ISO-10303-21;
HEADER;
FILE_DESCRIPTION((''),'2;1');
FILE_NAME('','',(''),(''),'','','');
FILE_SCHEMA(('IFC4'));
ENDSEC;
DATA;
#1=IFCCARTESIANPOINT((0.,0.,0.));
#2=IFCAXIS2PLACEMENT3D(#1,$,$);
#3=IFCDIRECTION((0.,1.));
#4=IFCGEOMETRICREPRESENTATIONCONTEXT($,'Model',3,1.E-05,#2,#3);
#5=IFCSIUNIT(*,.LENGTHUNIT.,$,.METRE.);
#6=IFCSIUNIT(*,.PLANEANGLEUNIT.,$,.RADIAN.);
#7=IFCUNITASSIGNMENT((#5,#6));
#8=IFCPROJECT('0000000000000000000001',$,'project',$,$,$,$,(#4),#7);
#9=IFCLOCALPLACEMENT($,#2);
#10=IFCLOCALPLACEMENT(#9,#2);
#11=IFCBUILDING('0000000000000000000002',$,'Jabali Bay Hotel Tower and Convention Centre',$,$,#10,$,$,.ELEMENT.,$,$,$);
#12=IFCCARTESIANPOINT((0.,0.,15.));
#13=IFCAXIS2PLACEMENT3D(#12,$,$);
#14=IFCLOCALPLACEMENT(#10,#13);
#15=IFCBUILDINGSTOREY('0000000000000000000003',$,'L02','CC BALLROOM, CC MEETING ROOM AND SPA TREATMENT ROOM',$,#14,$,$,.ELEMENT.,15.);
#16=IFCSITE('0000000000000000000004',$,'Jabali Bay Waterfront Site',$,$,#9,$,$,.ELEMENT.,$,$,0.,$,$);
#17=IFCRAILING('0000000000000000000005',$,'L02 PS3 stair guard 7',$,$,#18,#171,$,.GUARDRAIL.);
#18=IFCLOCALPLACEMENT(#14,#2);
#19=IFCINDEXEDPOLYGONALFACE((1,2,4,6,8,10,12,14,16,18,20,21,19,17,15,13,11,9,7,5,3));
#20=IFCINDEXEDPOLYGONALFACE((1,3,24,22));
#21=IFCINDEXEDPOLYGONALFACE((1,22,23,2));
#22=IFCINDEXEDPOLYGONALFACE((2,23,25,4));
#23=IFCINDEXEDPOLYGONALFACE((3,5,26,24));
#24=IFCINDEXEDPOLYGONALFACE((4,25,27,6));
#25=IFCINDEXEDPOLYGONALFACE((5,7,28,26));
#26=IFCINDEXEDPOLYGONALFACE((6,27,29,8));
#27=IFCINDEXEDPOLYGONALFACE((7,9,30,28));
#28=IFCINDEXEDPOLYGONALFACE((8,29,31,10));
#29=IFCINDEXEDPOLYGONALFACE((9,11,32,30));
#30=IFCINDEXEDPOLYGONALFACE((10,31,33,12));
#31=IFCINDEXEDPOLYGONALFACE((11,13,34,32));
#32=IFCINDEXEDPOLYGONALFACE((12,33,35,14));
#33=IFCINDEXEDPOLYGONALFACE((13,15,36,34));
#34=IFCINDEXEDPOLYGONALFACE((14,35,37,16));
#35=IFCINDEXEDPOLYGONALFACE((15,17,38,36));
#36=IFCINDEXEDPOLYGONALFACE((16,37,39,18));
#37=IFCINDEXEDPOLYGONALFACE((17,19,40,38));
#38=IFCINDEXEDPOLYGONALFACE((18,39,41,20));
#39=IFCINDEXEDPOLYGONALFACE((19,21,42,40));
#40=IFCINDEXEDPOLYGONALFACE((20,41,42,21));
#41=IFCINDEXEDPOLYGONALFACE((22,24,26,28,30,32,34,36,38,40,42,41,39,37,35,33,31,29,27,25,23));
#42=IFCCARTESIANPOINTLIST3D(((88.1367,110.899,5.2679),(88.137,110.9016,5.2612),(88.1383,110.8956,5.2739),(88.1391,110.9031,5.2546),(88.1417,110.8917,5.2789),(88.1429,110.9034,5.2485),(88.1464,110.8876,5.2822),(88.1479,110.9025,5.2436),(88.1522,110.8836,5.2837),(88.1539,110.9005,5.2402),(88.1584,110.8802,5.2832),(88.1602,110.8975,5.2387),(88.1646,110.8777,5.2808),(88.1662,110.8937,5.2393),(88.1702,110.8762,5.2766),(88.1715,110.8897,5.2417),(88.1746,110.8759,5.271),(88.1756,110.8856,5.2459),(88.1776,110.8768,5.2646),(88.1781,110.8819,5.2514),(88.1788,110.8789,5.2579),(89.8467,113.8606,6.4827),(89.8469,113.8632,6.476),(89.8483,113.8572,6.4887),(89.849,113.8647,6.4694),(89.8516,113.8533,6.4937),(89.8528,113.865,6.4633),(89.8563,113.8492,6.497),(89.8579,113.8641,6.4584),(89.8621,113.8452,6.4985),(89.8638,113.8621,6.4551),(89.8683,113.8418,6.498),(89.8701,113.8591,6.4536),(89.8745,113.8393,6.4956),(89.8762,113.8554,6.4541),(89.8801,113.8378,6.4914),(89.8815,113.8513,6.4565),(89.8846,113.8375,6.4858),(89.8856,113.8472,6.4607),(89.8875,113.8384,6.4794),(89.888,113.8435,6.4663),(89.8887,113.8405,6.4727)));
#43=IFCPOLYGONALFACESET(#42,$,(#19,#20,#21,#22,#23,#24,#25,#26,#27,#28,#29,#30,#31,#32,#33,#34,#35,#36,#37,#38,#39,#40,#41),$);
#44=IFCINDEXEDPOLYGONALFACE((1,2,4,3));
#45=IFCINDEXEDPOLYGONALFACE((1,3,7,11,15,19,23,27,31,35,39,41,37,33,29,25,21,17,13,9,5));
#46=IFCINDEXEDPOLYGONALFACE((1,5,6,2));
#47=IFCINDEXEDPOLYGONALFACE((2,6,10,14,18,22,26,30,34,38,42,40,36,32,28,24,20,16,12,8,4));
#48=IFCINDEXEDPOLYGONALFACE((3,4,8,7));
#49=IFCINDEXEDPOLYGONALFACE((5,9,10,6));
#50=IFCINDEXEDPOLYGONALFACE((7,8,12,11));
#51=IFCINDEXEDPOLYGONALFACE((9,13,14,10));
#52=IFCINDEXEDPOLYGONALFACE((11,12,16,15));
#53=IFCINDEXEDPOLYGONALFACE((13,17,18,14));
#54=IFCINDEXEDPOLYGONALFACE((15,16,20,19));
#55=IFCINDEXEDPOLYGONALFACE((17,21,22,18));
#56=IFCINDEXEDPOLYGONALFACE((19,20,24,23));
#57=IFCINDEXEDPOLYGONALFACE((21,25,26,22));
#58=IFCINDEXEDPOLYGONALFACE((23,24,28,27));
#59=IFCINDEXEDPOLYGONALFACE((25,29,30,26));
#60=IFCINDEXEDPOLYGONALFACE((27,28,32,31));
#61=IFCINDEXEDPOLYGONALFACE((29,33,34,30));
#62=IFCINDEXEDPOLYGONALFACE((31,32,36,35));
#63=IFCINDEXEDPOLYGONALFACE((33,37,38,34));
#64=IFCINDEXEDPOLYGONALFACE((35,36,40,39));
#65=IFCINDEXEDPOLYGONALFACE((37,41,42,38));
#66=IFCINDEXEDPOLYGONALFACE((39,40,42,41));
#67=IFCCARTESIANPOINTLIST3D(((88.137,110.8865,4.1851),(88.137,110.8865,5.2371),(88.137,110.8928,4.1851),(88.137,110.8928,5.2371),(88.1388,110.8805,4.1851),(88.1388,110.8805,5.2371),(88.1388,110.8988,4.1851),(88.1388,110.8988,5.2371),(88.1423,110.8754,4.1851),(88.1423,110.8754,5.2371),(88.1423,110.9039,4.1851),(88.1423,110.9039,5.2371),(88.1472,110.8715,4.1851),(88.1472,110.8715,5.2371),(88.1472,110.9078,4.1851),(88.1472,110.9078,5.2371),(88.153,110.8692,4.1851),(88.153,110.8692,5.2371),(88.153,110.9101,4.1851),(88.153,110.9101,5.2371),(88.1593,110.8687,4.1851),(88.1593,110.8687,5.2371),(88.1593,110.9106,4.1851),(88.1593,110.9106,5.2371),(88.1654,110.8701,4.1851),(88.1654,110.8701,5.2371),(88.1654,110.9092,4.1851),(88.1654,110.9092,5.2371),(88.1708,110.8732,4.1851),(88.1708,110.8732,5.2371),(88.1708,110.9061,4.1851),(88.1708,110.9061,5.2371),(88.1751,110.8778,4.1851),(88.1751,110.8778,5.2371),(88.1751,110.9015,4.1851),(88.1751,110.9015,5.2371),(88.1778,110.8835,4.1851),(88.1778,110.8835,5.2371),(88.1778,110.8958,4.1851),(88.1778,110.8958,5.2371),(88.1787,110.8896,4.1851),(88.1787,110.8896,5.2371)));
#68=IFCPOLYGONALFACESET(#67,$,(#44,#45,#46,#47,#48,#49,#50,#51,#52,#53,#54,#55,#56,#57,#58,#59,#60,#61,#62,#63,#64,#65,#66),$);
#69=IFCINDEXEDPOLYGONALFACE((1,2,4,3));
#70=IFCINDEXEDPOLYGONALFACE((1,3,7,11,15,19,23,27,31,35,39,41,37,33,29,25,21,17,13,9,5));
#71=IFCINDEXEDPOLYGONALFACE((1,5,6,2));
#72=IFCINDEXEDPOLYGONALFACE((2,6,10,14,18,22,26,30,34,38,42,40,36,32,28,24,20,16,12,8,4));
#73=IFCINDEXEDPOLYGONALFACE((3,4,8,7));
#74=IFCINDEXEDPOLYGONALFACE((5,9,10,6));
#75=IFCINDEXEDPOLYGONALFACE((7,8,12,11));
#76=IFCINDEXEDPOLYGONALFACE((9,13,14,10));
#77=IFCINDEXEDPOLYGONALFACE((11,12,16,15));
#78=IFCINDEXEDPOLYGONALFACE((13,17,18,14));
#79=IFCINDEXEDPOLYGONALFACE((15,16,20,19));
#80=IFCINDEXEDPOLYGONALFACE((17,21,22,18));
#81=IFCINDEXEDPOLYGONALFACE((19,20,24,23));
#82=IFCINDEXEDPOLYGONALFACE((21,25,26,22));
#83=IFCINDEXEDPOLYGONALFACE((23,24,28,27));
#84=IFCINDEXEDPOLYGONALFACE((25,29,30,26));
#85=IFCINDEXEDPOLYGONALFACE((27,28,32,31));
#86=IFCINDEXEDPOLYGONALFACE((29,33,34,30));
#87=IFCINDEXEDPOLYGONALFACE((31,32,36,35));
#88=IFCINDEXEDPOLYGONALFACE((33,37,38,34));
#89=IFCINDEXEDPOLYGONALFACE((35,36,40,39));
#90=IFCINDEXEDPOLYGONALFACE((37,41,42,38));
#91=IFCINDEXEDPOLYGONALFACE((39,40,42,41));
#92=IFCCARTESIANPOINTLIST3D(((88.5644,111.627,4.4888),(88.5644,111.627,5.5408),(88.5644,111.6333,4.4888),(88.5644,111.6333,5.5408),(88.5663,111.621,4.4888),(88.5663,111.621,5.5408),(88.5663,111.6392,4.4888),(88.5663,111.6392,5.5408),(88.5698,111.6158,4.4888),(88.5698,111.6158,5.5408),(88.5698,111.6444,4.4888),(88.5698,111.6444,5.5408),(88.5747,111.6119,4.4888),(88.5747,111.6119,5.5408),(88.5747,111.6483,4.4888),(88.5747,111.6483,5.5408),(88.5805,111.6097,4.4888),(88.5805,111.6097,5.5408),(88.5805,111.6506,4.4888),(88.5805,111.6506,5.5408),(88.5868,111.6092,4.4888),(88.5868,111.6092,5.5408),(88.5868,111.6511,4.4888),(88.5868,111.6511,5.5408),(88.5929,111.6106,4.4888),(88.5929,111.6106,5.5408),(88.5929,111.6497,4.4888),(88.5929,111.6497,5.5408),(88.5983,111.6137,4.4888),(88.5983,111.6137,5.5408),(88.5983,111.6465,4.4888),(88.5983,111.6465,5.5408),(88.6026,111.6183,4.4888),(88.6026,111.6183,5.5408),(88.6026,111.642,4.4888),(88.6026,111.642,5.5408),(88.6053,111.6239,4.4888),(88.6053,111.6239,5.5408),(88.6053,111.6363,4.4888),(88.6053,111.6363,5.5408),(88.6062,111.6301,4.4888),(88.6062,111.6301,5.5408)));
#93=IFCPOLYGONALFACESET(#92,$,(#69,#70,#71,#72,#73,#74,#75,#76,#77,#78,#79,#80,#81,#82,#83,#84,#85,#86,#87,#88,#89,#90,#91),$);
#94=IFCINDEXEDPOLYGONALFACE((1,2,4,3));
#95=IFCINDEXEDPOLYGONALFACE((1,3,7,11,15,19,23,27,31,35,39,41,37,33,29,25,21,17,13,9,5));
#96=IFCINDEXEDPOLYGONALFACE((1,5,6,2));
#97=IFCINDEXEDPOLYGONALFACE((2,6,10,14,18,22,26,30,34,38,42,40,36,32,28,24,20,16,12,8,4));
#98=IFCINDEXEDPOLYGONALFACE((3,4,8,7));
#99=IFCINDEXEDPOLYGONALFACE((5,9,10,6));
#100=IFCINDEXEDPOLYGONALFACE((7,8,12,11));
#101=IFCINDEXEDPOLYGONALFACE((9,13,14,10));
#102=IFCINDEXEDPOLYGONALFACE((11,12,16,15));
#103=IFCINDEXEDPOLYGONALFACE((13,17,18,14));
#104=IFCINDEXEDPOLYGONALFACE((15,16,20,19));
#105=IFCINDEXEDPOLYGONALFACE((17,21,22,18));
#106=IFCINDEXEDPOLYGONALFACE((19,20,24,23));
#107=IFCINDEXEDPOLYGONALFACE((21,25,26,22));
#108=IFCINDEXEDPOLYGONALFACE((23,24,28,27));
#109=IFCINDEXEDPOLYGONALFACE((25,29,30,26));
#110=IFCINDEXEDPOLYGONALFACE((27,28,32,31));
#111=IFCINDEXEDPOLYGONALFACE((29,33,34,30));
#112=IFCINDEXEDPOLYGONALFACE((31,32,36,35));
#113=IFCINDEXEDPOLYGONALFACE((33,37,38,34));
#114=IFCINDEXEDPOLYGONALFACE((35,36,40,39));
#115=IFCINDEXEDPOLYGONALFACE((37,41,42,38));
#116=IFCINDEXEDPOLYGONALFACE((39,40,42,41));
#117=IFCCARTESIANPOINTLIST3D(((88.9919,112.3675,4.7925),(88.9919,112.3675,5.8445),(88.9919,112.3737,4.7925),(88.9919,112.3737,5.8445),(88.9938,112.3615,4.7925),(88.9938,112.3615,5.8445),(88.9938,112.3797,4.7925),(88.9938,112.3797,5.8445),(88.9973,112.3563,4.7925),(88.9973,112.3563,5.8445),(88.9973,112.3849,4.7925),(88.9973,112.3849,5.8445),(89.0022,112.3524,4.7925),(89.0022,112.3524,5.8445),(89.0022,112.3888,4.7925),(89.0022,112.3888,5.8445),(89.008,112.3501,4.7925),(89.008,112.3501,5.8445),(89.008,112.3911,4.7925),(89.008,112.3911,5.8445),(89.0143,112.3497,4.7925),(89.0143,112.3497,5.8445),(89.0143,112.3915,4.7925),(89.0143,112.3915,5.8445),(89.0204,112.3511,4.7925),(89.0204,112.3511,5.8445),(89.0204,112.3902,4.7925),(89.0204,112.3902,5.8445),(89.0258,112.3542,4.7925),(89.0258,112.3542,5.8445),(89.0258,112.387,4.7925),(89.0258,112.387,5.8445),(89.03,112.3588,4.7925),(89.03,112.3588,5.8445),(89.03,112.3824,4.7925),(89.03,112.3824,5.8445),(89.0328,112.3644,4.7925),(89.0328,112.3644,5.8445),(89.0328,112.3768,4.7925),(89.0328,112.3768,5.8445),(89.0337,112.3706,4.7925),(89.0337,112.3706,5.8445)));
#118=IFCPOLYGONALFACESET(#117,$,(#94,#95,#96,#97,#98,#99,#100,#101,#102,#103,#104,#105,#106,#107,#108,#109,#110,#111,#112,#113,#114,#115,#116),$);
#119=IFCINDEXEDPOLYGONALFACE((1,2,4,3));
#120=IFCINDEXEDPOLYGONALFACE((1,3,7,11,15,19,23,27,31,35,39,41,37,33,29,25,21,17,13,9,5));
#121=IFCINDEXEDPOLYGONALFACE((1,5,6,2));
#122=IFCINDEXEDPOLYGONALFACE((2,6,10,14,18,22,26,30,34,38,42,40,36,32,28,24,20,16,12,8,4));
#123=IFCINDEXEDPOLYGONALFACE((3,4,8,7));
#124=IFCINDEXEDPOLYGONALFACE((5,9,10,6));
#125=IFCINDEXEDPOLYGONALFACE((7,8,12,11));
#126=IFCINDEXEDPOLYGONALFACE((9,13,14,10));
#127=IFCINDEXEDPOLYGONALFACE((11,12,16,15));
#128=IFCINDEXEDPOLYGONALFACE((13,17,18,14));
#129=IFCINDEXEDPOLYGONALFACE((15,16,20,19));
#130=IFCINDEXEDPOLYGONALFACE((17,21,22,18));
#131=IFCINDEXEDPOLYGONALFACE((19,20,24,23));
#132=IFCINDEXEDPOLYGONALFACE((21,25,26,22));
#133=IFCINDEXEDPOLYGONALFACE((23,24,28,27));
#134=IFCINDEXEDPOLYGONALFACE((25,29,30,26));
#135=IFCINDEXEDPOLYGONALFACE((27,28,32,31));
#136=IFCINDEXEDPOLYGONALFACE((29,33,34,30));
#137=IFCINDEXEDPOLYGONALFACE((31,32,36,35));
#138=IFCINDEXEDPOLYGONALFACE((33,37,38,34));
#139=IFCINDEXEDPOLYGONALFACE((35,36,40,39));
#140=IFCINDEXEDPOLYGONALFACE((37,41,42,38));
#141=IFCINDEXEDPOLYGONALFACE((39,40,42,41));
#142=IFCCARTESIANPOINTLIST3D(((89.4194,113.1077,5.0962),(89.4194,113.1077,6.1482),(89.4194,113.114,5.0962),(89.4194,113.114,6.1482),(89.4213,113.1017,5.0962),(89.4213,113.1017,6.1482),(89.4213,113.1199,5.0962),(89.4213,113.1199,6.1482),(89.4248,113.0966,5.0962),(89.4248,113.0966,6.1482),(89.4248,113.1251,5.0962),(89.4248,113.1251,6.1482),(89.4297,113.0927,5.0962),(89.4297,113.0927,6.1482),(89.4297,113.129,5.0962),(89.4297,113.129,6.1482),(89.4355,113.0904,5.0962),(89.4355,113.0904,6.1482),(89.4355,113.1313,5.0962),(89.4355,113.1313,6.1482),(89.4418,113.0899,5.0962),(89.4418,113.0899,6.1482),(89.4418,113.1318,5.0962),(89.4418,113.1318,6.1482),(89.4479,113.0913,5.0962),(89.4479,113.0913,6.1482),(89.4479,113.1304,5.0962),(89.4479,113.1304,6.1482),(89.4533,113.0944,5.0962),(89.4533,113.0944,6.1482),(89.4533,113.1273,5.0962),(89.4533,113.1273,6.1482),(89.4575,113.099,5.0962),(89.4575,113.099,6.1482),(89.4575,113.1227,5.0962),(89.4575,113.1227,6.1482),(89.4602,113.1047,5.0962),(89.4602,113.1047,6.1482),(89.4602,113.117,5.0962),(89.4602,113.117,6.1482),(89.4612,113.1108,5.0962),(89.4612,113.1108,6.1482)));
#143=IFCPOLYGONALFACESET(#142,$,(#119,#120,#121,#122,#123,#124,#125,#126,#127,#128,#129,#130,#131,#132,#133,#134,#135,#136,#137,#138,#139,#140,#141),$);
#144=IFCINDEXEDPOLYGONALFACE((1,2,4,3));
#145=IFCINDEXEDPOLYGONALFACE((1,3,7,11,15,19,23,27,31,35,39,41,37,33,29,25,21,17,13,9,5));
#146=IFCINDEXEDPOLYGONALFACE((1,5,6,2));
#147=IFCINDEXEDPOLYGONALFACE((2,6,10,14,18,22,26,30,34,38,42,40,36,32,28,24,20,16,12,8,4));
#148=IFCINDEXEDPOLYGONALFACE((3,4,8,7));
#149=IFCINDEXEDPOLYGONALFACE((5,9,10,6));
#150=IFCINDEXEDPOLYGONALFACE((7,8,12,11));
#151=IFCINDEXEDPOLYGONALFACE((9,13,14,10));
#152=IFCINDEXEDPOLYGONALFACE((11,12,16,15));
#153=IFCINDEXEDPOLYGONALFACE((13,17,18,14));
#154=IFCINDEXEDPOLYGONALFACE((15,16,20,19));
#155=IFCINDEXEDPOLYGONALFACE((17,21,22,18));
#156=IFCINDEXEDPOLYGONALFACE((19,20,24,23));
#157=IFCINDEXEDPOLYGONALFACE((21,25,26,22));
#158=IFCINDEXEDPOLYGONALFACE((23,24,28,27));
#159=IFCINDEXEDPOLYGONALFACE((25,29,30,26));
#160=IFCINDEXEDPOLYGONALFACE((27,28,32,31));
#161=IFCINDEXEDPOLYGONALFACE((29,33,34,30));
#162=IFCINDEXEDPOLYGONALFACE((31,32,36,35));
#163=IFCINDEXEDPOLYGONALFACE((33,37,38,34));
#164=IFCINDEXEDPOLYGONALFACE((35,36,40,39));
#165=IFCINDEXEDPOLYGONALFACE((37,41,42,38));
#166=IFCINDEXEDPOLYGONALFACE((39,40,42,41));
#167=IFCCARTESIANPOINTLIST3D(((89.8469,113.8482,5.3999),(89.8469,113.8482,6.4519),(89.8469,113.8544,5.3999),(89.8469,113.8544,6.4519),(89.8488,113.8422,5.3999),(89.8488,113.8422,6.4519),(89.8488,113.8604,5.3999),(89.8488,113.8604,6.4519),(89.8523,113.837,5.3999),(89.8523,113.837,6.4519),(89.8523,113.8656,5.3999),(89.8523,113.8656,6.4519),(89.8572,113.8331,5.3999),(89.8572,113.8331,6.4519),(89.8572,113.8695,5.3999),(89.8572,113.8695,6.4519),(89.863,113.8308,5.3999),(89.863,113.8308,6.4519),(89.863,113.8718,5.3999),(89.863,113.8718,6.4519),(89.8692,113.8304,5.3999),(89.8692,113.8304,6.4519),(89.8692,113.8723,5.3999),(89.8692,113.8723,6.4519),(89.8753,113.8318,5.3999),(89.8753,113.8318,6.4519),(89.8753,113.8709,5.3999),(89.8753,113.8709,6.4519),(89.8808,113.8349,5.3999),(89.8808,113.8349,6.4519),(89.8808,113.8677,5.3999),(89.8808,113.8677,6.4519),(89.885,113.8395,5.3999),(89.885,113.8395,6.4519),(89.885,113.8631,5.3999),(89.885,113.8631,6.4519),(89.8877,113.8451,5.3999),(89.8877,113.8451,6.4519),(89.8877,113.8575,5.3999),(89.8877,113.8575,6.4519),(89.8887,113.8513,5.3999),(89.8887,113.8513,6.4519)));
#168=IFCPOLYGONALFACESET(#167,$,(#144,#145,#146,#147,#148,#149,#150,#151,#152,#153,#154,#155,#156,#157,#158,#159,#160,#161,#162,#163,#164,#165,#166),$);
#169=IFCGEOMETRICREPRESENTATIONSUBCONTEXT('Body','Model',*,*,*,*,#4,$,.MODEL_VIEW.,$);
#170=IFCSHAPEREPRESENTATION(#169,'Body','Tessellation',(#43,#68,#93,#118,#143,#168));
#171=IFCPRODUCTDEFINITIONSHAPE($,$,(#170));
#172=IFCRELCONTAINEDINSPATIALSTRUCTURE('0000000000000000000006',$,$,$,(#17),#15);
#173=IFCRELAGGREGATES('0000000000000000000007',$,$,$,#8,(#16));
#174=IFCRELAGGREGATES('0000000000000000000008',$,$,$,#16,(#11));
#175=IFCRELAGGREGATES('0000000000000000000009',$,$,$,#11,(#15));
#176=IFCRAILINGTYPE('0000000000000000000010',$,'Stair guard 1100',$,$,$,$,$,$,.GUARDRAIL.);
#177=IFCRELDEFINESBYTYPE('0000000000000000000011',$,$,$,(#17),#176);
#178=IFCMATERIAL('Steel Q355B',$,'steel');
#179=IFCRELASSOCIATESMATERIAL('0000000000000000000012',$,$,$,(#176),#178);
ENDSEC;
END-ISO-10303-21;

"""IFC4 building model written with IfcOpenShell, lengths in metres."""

from ifc_helpers import new_model, si_unit, direction, frame, origin, origin_2d, place, context, subcontext, project, spatial, circle, extrude, material, type_object, element, save


model = new_model("IFC4")

# Units and contexts
model_context = context("Model", 3, precision=1e-05, world=origin(), true_north=direction((0.0, 1.0)))
body_context = subcontext(model_context, "Body", "Model", "MODEL_VIEW")
ifc_project = project(units=[si_unit("LENGTHUNIT", "METRE"), si_unit("PLANEANGLEUNIT", "RADIAN")], contexts=[model_context])

# Site, building, storey
site_placement = place(None, origin())
site = spatial("IfcSite", under=ifc_project, at=site_placement, Name="Jabali Bay Waterfront Site", CompositionType="ELEMENT", RefElevation=0.0)
building_placement = place(site_placement, origin())
building = spatial("IfcBuilding", under=site, at=building_placement, Name="Jabali Bay Hotel Tower and Convention Centre", CompositionType="ELEMENT")
storey_placement = place(building_placement, frame((0.0, 0.0, 15.0)))
storey = spatial("IfcBuildingStorey", under=building, at=storey_placement, Name="L02", Description="CC BALLROOM, CC MEETING ROOM AND SPA TREATMENT ROOM", CompositionType="ELEMENT", Elevation=15.0)

# Railing
ifc_material_1 = material(Name="Steel Q355B", Category="steel")
railing_type_1 = type_object("IfcRailingType", Name="Stair guard 1100", PredefinedType="GUARDRAIL", material=ifc_material_1)
railing_1_placement = place(storey_placement, frame((88.1577, 110.8896, 4.1851)))
element("IfcRailing", 1, at=railing_1_placement, inside=storey, type_object=railing_type_1, Name="L02 PS3 stair guard 7", PredefinedType="GUARDRAIL", context=body_context, shape_type="SweptSolid", body=[
    extrude(circle(Radius=0.0239, at=origin_2d()), frame((0.0, 0.0, 1.0762), z_axis=(0.471164, 0.81606, 0.334739), x_axis=(-0.86602, 0.500009, 0.0)), (0.0, 0.0, 1.0), 3.6292),
    extrude(circle(Radius=0.021, at=origin_2d()), origin(), (0.0, 0.0, 1.0), 1.052),
    extrude(circle(Radius=0.021, at=origin_2d()), frame((0.4275, 0.7405, 0.3037)), (0.0, 0.0, 1.0), 1.052),
    extrude(circle(Radius=0.021, at=origin_2d()), frame((0.855, 1.481, 0.6074)), (0.0, 0.0, 1.0), 1.052),
    extrude(circle(Radius=0.021, at=origin_2d()), frame((1.2825, 2.2212, 0.9111)), (0.0, 0.0, 1.0), 1.052),
    extrude(circle(Radius=0.021, at=origin_2d()), frame((1.71, 2.9617, 1.2148)), (0.0, 0.0, 1.0), 1.052),
])

save(model, "model.ifc")
